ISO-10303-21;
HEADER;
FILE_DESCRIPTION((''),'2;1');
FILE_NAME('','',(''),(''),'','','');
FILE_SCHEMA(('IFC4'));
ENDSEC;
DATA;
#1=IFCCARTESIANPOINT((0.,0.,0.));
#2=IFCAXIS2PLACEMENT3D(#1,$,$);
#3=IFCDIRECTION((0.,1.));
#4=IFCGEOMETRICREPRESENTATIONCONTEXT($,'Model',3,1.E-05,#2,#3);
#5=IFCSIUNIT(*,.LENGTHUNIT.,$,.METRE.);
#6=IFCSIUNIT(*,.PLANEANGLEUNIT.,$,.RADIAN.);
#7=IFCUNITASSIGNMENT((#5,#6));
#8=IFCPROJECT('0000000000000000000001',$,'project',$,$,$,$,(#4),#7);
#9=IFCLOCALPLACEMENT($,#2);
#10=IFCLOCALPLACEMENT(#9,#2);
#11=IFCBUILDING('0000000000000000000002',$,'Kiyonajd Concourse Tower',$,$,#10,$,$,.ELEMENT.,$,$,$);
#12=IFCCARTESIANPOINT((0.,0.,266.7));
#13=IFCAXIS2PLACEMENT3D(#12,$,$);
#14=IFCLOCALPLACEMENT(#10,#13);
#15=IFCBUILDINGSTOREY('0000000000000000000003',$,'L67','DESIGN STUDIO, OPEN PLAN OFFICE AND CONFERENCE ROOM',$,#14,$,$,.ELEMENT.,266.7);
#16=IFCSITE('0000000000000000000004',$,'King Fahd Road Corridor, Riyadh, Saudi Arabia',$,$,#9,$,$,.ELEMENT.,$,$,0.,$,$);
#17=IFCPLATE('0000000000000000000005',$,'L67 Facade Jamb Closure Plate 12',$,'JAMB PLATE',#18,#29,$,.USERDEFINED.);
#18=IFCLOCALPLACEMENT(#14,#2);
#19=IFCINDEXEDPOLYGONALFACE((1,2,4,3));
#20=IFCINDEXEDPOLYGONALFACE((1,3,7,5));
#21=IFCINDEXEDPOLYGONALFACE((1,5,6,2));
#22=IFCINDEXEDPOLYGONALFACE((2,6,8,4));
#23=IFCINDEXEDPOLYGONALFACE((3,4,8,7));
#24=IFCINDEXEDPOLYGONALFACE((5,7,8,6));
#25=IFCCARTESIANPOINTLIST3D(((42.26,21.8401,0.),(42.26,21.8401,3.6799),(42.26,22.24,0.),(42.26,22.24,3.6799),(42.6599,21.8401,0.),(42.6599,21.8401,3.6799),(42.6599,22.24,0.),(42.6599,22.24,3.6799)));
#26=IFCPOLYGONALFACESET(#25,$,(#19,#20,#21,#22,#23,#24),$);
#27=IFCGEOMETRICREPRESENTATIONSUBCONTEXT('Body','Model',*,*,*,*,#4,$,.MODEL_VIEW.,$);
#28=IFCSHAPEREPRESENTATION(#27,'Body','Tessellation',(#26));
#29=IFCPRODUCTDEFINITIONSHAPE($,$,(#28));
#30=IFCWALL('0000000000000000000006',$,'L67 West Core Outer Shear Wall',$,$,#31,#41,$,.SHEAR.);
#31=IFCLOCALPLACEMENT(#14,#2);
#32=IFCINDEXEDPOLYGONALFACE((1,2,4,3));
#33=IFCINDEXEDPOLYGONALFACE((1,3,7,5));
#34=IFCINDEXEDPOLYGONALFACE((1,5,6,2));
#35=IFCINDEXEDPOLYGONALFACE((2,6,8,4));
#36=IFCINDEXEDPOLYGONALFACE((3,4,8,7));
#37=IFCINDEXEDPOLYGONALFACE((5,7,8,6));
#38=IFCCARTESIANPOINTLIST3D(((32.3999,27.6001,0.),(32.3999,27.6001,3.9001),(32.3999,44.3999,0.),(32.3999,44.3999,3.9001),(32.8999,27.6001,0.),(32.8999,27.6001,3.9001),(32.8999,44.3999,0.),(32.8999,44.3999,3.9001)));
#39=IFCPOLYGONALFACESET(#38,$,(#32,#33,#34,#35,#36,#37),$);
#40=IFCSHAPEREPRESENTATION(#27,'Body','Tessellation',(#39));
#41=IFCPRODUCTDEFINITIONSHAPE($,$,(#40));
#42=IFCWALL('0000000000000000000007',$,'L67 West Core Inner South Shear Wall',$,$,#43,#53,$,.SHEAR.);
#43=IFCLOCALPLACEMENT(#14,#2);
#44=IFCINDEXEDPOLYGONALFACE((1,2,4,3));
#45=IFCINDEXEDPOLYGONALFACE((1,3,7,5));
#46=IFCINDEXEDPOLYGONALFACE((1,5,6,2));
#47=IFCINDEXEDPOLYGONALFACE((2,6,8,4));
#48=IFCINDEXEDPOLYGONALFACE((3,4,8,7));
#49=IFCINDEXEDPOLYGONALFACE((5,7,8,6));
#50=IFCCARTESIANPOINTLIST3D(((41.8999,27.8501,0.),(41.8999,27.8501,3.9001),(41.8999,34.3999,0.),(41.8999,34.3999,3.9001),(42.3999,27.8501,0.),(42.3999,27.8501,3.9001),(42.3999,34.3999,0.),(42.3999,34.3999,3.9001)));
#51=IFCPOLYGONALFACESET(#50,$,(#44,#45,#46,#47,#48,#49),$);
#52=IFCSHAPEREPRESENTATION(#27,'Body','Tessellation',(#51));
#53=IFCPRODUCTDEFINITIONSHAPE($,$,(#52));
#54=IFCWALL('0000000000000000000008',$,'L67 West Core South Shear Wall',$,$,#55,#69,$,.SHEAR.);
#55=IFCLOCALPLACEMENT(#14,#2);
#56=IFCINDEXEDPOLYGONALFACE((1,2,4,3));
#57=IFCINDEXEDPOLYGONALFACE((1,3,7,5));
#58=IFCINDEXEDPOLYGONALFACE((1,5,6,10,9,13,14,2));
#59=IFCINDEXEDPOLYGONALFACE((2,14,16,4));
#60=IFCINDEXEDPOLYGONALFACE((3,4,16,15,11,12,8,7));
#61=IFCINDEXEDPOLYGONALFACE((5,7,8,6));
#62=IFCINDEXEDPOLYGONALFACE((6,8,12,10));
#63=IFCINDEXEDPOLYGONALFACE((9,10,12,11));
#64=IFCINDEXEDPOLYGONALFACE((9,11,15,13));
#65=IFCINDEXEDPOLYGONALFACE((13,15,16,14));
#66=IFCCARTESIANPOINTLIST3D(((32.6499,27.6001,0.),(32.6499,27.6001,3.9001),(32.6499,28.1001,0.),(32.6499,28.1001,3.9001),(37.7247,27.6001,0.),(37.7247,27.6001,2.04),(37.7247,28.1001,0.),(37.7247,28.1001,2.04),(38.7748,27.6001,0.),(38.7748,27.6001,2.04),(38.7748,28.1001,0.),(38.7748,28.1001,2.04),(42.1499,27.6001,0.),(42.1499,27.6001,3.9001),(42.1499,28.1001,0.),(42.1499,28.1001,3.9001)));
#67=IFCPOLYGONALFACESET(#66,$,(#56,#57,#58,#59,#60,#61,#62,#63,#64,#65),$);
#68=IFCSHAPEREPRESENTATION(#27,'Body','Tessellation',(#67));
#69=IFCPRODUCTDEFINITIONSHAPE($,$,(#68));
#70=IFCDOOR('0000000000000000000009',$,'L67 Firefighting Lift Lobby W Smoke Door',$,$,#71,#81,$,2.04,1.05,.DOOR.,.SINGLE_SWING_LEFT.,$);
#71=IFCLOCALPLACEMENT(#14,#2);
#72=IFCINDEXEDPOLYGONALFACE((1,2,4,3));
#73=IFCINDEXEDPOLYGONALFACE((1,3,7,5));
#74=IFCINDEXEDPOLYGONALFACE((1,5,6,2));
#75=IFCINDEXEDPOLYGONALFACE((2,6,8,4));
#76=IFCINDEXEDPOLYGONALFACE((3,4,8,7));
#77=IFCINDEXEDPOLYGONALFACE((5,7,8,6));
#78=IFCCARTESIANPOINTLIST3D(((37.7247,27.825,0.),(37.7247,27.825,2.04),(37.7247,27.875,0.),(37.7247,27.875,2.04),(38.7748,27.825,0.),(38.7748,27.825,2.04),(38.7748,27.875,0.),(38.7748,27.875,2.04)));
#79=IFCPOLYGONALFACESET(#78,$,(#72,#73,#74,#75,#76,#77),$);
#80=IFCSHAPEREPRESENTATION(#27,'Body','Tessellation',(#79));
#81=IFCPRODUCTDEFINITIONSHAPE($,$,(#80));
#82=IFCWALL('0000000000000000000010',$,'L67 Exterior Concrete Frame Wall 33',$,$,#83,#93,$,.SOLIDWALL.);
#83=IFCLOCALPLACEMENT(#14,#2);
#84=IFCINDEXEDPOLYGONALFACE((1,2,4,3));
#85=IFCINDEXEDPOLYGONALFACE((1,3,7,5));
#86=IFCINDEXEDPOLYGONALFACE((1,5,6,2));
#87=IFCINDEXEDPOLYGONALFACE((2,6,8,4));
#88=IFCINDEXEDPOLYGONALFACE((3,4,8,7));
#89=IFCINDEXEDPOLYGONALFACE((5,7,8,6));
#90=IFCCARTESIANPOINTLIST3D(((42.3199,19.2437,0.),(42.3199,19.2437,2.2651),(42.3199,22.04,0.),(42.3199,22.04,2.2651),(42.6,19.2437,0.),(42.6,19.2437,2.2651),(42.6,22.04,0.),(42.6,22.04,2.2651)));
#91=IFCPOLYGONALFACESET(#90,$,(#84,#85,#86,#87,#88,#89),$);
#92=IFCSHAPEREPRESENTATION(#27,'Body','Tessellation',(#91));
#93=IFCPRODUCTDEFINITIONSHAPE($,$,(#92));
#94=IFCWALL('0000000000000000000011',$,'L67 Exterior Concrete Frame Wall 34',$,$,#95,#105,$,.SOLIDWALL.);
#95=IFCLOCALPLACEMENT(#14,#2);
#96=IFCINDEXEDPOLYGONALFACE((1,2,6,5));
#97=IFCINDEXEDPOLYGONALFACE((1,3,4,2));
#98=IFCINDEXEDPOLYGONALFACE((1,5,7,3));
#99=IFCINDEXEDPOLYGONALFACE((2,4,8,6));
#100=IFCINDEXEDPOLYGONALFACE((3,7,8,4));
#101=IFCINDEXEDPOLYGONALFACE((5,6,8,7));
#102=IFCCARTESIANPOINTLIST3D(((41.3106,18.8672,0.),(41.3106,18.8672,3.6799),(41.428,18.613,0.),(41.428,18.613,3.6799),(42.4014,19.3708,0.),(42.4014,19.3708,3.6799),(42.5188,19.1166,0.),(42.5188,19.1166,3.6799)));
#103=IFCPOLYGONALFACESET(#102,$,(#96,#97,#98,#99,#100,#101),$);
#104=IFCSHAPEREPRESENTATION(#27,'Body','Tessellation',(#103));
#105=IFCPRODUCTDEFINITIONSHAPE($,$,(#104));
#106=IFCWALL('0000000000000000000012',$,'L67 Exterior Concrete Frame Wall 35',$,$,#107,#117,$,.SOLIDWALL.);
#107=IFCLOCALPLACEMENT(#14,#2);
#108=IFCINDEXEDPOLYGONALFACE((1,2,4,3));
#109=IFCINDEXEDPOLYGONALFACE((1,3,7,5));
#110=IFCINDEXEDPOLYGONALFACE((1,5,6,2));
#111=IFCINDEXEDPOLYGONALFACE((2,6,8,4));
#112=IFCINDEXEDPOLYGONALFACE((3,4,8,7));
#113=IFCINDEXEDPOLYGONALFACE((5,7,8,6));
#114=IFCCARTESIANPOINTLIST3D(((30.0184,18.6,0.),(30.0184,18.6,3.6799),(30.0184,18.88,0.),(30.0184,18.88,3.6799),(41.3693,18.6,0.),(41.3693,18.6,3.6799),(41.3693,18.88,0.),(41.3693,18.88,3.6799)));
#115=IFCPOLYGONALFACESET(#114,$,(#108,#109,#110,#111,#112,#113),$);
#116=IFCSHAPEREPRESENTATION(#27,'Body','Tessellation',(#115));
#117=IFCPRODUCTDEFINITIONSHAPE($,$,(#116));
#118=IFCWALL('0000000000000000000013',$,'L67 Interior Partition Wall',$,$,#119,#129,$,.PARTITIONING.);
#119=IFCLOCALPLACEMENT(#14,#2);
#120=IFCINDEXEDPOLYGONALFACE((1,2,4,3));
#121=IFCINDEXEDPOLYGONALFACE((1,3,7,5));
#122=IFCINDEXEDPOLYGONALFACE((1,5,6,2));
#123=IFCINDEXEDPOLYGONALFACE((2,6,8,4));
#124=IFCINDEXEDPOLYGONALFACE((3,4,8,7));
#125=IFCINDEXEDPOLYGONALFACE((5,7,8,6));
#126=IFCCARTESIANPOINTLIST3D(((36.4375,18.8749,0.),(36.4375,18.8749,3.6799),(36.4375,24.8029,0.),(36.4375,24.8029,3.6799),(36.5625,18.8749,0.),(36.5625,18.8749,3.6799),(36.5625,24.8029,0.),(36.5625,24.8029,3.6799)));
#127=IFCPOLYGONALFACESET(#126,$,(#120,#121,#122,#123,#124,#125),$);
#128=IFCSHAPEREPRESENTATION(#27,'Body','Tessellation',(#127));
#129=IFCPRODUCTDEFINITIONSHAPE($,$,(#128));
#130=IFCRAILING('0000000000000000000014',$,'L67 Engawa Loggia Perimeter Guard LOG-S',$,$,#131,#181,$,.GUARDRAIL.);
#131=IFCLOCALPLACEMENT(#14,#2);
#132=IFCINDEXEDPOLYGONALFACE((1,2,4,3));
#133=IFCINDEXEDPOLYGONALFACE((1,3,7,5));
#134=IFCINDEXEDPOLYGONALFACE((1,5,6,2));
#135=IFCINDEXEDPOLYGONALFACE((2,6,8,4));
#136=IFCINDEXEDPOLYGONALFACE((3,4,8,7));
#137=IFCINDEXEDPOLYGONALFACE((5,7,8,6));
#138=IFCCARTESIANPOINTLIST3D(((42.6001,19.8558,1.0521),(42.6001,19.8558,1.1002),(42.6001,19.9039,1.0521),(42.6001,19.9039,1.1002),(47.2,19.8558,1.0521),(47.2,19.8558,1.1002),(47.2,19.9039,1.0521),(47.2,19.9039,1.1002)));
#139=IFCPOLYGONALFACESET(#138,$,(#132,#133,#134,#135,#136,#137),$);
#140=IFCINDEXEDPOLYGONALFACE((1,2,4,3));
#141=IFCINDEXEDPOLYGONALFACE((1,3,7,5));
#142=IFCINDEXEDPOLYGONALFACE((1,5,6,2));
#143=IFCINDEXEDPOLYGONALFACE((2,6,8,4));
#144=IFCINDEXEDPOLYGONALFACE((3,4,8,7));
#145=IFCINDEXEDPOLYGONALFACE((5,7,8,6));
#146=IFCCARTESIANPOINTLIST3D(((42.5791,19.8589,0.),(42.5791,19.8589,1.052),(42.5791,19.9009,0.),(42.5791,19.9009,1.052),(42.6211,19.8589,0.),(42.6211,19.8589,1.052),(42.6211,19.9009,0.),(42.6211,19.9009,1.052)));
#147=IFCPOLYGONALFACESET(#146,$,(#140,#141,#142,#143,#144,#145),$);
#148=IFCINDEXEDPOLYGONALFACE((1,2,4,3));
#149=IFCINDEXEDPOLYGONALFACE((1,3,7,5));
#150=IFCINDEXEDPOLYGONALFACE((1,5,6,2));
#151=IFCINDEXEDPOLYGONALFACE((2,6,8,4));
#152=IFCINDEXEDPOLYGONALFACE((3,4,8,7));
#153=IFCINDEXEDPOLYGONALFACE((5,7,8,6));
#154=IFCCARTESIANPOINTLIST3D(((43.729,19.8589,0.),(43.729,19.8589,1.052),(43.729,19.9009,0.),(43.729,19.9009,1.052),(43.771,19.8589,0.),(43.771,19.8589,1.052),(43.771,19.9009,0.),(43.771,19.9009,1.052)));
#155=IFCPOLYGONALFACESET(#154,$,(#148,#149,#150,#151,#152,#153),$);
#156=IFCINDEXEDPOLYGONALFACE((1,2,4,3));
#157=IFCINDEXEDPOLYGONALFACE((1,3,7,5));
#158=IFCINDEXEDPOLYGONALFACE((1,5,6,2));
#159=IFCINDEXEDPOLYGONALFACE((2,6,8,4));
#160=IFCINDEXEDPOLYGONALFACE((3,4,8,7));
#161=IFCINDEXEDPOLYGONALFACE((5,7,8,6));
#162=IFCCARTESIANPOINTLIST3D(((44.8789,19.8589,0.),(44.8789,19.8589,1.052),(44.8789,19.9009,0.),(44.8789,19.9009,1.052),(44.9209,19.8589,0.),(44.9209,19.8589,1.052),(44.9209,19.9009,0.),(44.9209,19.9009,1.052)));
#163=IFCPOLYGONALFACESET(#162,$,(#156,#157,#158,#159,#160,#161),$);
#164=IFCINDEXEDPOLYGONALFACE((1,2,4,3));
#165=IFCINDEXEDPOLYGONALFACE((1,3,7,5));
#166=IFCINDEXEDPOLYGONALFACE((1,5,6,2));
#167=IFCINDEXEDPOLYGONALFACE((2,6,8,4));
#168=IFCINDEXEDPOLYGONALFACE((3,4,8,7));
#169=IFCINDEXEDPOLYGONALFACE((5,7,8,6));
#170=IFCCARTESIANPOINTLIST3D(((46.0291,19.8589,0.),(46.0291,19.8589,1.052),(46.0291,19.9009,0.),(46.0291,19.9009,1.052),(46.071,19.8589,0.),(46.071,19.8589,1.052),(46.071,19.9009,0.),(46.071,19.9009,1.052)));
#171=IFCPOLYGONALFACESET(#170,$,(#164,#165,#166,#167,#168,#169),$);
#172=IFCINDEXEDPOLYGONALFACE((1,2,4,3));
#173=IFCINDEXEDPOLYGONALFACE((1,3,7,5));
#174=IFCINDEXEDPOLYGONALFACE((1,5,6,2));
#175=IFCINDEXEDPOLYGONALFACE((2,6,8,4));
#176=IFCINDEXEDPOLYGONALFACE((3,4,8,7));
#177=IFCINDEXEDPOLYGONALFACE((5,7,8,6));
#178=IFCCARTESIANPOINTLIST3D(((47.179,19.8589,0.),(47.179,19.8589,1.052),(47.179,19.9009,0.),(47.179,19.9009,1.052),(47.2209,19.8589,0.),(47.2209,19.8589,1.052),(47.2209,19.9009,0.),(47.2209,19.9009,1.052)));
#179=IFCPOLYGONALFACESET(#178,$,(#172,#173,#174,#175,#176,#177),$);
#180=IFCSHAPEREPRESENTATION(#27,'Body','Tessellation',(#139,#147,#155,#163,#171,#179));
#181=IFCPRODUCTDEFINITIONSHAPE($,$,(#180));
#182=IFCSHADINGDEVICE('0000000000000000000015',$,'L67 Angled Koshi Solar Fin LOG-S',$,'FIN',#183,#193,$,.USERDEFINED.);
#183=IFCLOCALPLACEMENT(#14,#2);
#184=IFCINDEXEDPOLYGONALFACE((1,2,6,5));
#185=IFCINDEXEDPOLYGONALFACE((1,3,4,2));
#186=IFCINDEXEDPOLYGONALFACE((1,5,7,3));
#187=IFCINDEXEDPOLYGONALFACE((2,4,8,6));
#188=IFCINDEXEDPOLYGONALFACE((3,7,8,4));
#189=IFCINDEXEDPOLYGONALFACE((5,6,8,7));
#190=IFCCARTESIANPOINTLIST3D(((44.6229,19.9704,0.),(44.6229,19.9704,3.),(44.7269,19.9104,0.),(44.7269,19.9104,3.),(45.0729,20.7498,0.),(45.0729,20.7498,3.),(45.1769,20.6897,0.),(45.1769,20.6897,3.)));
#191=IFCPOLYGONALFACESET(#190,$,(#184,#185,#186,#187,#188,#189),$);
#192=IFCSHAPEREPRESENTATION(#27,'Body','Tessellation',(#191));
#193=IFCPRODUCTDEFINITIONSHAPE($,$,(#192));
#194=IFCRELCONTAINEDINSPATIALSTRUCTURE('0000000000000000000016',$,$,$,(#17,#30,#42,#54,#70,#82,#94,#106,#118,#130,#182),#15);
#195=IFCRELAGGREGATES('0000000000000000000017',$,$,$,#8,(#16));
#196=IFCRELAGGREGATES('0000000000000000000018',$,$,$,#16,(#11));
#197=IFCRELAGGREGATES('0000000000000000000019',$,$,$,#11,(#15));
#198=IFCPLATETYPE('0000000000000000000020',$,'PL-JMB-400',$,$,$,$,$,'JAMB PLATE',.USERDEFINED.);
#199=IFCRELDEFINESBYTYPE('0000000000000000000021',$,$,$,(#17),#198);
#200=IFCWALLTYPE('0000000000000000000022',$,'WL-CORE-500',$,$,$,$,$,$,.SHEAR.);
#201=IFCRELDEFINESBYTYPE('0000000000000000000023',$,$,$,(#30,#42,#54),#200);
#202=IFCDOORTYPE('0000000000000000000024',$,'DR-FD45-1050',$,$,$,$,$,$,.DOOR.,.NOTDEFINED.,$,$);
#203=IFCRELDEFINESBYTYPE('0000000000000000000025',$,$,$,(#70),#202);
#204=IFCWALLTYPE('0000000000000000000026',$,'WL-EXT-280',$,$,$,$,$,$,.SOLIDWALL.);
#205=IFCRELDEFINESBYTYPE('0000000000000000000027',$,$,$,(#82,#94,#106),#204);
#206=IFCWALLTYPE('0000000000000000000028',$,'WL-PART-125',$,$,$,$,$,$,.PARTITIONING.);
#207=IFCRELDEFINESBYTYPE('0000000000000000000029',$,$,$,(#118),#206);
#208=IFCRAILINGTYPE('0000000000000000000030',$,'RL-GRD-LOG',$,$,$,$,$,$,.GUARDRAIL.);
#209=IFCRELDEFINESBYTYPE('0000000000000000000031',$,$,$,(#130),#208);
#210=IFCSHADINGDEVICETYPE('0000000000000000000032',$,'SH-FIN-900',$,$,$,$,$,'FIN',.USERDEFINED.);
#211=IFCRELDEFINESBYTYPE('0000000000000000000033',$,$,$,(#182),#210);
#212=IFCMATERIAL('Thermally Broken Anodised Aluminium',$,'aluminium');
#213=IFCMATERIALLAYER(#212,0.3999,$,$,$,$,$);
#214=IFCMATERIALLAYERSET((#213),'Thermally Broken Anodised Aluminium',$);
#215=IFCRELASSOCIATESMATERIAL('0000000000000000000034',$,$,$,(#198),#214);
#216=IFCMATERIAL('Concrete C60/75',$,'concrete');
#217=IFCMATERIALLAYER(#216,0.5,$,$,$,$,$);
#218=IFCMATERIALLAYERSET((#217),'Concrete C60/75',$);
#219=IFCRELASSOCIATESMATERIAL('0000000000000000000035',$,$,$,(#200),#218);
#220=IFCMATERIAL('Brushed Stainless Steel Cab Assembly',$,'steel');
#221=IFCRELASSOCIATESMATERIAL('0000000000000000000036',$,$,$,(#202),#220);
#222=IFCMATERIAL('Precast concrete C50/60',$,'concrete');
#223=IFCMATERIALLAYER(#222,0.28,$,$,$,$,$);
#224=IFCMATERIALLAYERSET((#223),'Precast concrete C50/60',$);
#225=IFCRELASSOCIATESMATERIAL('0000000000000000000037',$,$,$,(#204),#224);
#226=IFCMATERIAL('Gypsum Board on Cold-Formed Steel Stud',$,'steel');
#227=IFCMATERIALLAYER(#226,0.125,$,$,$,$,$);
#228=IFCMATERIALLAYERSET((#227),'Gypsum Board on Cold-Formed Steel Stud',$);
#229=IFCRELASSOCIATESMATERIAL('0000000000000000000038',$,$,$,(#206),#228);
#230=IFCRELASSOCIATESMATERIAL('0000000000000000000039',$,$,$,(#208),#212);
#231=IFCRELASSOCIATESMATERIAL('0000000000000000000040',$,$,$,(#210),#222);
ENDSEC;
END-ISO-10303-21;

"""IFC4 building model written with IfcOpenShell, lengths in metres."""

from ifc_helpers import new_model, si_unit, direction, frame, frame_2d, origin, origin_2d, place, context, subcontext, project, spatial, rectangle, extrude, material, layer, layer_set, type_object, element, fill, save


model = new_model("IFC4")

# Units and contexts
model_context = context("Model", 3, precision=1e-05, world=origin(), true_north=direction((0.0, 1.0)))
body_context = subcontext(model_context, "Body", "Model", "MODEL_VIEW")
ifc_project = project(units=[si_unit("LENGTHUNIT", "METRE"), si_unit("PLANEANGLEUNIT", "RADIAN")], contexts=[model_context])

# Site, building, storey
site_placement = place(None, origin())
site = spatial("IfcSite", under=ifc_project, at=site_placement, Name="King Fahd Road Corridor, Riyadh, Saudi Arabia", CompositionType="ELEMENT", RefElevation=0.0)
building_placement = place(site_placement, origin())
building = spatial("IfcBuilding", under=site, at=building_placement, Name="Kiyonajd Concourse Tower", CompositionType="ELEMENT")
storey_placement = place(building_placement, frame((0.0, 0.0, 266.7)))
storey = spatial("IfcBuildingStorey", under=building, at=storey_placement, Name="L67", Description="DESIGN STUDIO, OPEN PLAN OFFICE AND CONFERENCE ROOM", CompositionType="ELEMENT", Elevation=266.7)

# Shared definitions
ifc_material_1 = material(Name="Concrete C60/75", Category="concrete")

# Plate
ifc_material_2 = material(Name="Thermally Broken Anodised Aluminium", Category="aluminium")
ifc_layer_1 = layer(ifc_material_2, 0.3999)
ifc_layer_set_1 = layer_set([ifc_layer_1], Name="Thermally Broken Anodised Aluminium")
plate_type_1 = type_object("IfcPlateType", Name="PL-JMB-400", ElementType="JAMB PLATE", PredefinedType="USERDEFINED", material=ifc_layer_set_1)
plate_1_placement = place(storey_placement, frame((42.46, 22.04, 0.0), z_axis=(0.0, 0.0, 1.0), x_axis=(1.0, 0.0, 0.0)))
element("IfcPlate", 1, at=plate_1_placement, inside=storey, type_object=plate_type_1, Name="L67 Facade Jamb Closure Plate 12", ObjectType="JAMB PLATE", PredefinedType="USERDEFINED", context=body_context, shape_type="SweptSolid", body=[
    extrude(rectangle(XDim=0.3999, YDim=0.3999, at=origin_2d()), origin(), (0.0, 0.0, 1.0), 3.6799),
])

# Walls
ifc_layer_2 = layer(ifc_material_1, 0.5)
ifc_layer_set_2 = layer_set([ifc_layer_2], Name="Concrete C60/75")
wall_type_1 = type_object("IfcWallType", Name="WL-CORE-500", PredefinedType="SHEAR", material=ifc_layer_set_2)
wall_1_placement = place(storey_placement, frame((32.6499, 27.6001, 0.0), z_axis=(0.0, 0.0, 1.0), x_axis=(0.0, 1.0, 0.0)))
element("IfcWall", 2, at=wall_1_placement, inside=storey, type_object=wall_type_1, Name="L67 West Core Outer Shear Wall", PredefinedType="SHEAR", context=body_context, shape_type="SweptSolid", body=[
    extrude(rectangle(XDim=16.7998, YDim=0.5, at=frame_2d((8.3999, 0.0))), origin(), (0.0, 0.0, 1.0), 3.9001),
])
wall_2_placement = place(storey_placement, frame((42.1499, 27.8501, 0.0), z_axis=(0.0, 0.0, 1.0), x_axis=(0.0, 1.0, 0.0)))
element("IfcWall", 3, at=wall_2_placement, inside=storey, type_object=wall_type_1, Name="L67 West Core Inner South Shear Wall", PredefinedType="SHEAR", context=body_context, shape_type="SweptSolid", body=[
    extrude(rectangle(XDim=6.5498, YDim=0.5, at=frame_2d((3.2749, 0.0))), origin(), (0.0, 0.0, 1.0), 3.9001),
])

# Wall, opening, door
wall_3_placement = place(storey_placement, frame((32.6499, 27.8501, 0.0), z_axis=(0.0, 0.0, 1.0), x_axis=(1.0, 0.0, 0.0)))
wall_3 = element("IfcWall", 4, at=wall_3_placement, inside=storey, type_object=wall_type_1, Name="L67 West Core South Shear Wall", PredefinedType="SHEAR", context=body_context, shape_type="SweptSolid", body=[
    extrude(rectangle(XDim=9.5, YDim=0.5, at=frame_2d((4.75, 0.0))), origin(), (0.0, 0.0, 1.0), 3.9001),
])
opening_placement = place(wall_3_placement, frame((5.075, 0.0, 0.0)))
opening = element("IfcOpeningElement", 5, at=opening_placement, cuts=wall_3, PredefinedType="OPENING", context=body_context, shape_type="SweptSolid", body=[
    extrude(rectangle(XDim=1.05, YDim=2.04, at=frame_2d((0.5249, 1.02))), frame((0.0, 0.26, 0.0), z_axis=(0.0, -1.0, 0.0), x_axis=(1.0, 0.0, 0.0)), (0.0, 0.0, 1.0), 0.52),
])
ifc_material_3 = material(Name="Brushed Stainless Steel Cab Assembly", Category="steel")
door_type = type_object("IfcDoorType", Name="DR-FD45-1050", OperationType="NOTDEFINED", PredefinedType="DOOR", material=ifc_material_3)
door_placement = place(opening_placement, origin())
door = element("IfcDoor", 6, at=door_placement, inside=storey, type_object=door_type, Name="L67 Firefighting Lift Lobby W Smoke Door", OperationType="SINGLE_SWING_LEFT", OverallHeight=2.04, OverallWidth=1.05, PredefinedType="DOOR", context=body_context, shape_type="SweptSolid", body=[
    extrude(rectangle(XDim=1.05, YDim=2.04, at=frame_2d((0.5249, 1.02))), frame((0.0, 0.0249, 0.0), z_axis=(0.0, -1.0, 0.0), x_axis=(1.0, 0.0, 0.0)), (0.0, 0.0, 1.0), 0.05),
])
fill(opening, door)

# Walls
ifc_material_4 = material(Name="Precast concrete C50/60", Category="concrete")
ifc_layer_3 = layer(ifc_material_4, 0.28)
ifc_layer_set_3 = layer_set([ifc_layer_3], Name="Precast concrete C50/60")
wall_type_2 = type_object("IfcWallType", Name="WL-EXT-280", PredefinedType="SOLIDWALL", material=ifc_layer_set_3)
wall_4_placement = place(storey_placement, frame((42.46, 22.04, 0.0), z_axis=(0.0, 0.0, 1.0), x_axis=(0.0, -1.0, 0.0)))
element("IfcWall", 7, at=wall_4_placement, inside=storey, type_object=wall_type_2, Name="L67 Exterior Concrete Frame Wall 33", PredefinedType="SOLIDWALL", context=body_context, shape_type="SweptSolid", body=[
    extrude(rectangle(XDim=2.7964, YDim=0.28, at=frame_2d((1.3982, 0.0))), origin(), (0.0, 0.0, 1.0), 2.2651),
])
wall_5_placement = place(storey_placement, frame((42.46, 19.2437, 0.0), z_axis=(0.0, 0.0, 1.0), x_axis=(-0.907894, -0.4192, 0.0)))
element("IfcWall", 8, at=wall_5_placement, inside=storey, type_object=wall_type_2, Name="L67 Exterior Concrete Frame Wall 34", PredefinedType="SOLIDWALL", context=body_context, shape_type="SweptSolid", body=[
    extrude(rectangle(XDim=1.2014, YDim=0.28, at=frame_2d((0.6006, 0.0))), origin(), (0.0, 0.0, 1.0), 3.6799),
])
wall_6_placement = place(storey_placement, frame((41.3691, 18.74, 0.0), z_axis=(0.0, 0.0, 1.0), x_axis=(-1.0, 0.0, 0.0)))
element("IfcWall", 9, at=wall_6_placement, inside=storey, type_object=wall_type_2, Name="L67 Exterior Concrete Frame Wall 35", PredefinedType="SOLIDWALL", context=body_context, shape_type="SweptSolid", body=[
    extrude(rectangle(XDim=11.3508, YDim=0.28, at=frame_2d((5.6753, 0.0))), origin(), (0.0, 0.0, 1.0), 3.6799),
])
ifc_material_5 = material(Name="Gypsum Board on Cold-Formed Steel Stud", Category="steel")
ifc_layer_4 = layer(ifc_material_5, 0.125)
ifc_layer_set_4 = layer_set([ifc_layer_4], Name="Gypsum Board on Cold-Formed Steel Stud")
wall_type_3 = type_object("IfcWallType", Name="WL-PART-125", PredefinedType="PARTITIONING", material=ifc_layer_set_4)
wall_7_placement = place(storey_placement, frame((36.5, 18.875, 0.0), z_axis=(0.0, 0.0, 1.0), x_axis=(0.0, 1.0, 0.0)))
element("IfcWall", 10, at=wall_7_placement, inside=storey, type_object=wall_type_3, Name="L67 Interior Partition Wall", PredefinedType="PARTITIONING", context=body_context, shape_type="SweptSolid", body=[
    extrude(rectangle(XDim=5.928, YDim=0.125, at=frame_2d((2.9639, 0.0))), origin(), (0.0, 0.0, 1.0), 3.6799),
])

# Railing
railing_type = type_object("IfcRailingType", Name="RL-GRD-LOG", PredefinedType="GUARDRAIL", material=ifc_material_2)
railing_placement = place(storey_placement, frame((42.6001, 19.8799, 0.0)))
element("IfcRailing", 11, at=railing_placement, inside=storey, type_object=railing_type, Name="L67 Engawa Loggia Perimeter Guard LOG-S", PredefinedType="GUARDRAIL", context=body_context, shape_type="SweptSolid", body=[
    extrude(rectangle(XDim=0.0481, YDim=0.0481, at=origin_2d()), frame((0.0, 0.0, 1.0762), z_axis=(1.0, 0.0, 0.0), x_axis=(0.0, 1.0, 0.0)), (0.0, 0.0, 1.0), 4.5999),
    extrude(rectangle(XDim=0.042, YDim=0.042, at=origin_2d()), origin(), (0.0, 0.0, 1.0), 1.052),
    extrude(rectangle(XDim=0.042, YDim=0.042, at=origin_2d()), frame((1.1499, 0.0, 0.0)), (0.0, 0.0, 1.0), 1.052),
    extrude(rectangle(XDim=0.042, YDim=0.042, at=origin_2d()), frame((2.2998, 0.0, 0.0)), (0.0, 0.0, 1.0), 1.052),
    extrude(rectangle(XDim=0.042, YDim=0.042, at=origin_2d()), frame((3.45, 0.0, 0.0)), (0.0, 0.0, 1.0), 1.052),
    extrude(rectangle(XDim=0.042, YDim=0.042, at=origin_2d()), frame((4.5999, 0.0, 0.0)), (0.0, 0.0, 1.0), 1.052),
])

# Shading device
shading_device_type_1 = type_object("IfcShadingDeviceType", Name="SH-FIN-900", ElementType="FIN", PredefinedType="USERDEFINED", material=ifc_material_4)
shading_device_1_placement = place(storey_placement, frame((44.8999, 20.3301, 0.0), z_axis=(0.0, 0.0, 1.0), x_axis=(0.5, 0.866025, 0.0)))
element("IfcShadingDevice", 12, at=shading_device_1_placement, inside=storey, type_object=shading_device_type_1, Name="L67 Angled Koshi Solar Fin LOG-S", ObjectType="FIN", PredefinedType="USERDEFINED", context=body_context, shape_type="SweptSolid", body=[
    extrude(rectangle(XDim=0.8999, YDim=0.1201, at=origin_2d()), origin(), (0.0, 0.0, 1.0), 3.0),
])

save(model, "model.ifc")
